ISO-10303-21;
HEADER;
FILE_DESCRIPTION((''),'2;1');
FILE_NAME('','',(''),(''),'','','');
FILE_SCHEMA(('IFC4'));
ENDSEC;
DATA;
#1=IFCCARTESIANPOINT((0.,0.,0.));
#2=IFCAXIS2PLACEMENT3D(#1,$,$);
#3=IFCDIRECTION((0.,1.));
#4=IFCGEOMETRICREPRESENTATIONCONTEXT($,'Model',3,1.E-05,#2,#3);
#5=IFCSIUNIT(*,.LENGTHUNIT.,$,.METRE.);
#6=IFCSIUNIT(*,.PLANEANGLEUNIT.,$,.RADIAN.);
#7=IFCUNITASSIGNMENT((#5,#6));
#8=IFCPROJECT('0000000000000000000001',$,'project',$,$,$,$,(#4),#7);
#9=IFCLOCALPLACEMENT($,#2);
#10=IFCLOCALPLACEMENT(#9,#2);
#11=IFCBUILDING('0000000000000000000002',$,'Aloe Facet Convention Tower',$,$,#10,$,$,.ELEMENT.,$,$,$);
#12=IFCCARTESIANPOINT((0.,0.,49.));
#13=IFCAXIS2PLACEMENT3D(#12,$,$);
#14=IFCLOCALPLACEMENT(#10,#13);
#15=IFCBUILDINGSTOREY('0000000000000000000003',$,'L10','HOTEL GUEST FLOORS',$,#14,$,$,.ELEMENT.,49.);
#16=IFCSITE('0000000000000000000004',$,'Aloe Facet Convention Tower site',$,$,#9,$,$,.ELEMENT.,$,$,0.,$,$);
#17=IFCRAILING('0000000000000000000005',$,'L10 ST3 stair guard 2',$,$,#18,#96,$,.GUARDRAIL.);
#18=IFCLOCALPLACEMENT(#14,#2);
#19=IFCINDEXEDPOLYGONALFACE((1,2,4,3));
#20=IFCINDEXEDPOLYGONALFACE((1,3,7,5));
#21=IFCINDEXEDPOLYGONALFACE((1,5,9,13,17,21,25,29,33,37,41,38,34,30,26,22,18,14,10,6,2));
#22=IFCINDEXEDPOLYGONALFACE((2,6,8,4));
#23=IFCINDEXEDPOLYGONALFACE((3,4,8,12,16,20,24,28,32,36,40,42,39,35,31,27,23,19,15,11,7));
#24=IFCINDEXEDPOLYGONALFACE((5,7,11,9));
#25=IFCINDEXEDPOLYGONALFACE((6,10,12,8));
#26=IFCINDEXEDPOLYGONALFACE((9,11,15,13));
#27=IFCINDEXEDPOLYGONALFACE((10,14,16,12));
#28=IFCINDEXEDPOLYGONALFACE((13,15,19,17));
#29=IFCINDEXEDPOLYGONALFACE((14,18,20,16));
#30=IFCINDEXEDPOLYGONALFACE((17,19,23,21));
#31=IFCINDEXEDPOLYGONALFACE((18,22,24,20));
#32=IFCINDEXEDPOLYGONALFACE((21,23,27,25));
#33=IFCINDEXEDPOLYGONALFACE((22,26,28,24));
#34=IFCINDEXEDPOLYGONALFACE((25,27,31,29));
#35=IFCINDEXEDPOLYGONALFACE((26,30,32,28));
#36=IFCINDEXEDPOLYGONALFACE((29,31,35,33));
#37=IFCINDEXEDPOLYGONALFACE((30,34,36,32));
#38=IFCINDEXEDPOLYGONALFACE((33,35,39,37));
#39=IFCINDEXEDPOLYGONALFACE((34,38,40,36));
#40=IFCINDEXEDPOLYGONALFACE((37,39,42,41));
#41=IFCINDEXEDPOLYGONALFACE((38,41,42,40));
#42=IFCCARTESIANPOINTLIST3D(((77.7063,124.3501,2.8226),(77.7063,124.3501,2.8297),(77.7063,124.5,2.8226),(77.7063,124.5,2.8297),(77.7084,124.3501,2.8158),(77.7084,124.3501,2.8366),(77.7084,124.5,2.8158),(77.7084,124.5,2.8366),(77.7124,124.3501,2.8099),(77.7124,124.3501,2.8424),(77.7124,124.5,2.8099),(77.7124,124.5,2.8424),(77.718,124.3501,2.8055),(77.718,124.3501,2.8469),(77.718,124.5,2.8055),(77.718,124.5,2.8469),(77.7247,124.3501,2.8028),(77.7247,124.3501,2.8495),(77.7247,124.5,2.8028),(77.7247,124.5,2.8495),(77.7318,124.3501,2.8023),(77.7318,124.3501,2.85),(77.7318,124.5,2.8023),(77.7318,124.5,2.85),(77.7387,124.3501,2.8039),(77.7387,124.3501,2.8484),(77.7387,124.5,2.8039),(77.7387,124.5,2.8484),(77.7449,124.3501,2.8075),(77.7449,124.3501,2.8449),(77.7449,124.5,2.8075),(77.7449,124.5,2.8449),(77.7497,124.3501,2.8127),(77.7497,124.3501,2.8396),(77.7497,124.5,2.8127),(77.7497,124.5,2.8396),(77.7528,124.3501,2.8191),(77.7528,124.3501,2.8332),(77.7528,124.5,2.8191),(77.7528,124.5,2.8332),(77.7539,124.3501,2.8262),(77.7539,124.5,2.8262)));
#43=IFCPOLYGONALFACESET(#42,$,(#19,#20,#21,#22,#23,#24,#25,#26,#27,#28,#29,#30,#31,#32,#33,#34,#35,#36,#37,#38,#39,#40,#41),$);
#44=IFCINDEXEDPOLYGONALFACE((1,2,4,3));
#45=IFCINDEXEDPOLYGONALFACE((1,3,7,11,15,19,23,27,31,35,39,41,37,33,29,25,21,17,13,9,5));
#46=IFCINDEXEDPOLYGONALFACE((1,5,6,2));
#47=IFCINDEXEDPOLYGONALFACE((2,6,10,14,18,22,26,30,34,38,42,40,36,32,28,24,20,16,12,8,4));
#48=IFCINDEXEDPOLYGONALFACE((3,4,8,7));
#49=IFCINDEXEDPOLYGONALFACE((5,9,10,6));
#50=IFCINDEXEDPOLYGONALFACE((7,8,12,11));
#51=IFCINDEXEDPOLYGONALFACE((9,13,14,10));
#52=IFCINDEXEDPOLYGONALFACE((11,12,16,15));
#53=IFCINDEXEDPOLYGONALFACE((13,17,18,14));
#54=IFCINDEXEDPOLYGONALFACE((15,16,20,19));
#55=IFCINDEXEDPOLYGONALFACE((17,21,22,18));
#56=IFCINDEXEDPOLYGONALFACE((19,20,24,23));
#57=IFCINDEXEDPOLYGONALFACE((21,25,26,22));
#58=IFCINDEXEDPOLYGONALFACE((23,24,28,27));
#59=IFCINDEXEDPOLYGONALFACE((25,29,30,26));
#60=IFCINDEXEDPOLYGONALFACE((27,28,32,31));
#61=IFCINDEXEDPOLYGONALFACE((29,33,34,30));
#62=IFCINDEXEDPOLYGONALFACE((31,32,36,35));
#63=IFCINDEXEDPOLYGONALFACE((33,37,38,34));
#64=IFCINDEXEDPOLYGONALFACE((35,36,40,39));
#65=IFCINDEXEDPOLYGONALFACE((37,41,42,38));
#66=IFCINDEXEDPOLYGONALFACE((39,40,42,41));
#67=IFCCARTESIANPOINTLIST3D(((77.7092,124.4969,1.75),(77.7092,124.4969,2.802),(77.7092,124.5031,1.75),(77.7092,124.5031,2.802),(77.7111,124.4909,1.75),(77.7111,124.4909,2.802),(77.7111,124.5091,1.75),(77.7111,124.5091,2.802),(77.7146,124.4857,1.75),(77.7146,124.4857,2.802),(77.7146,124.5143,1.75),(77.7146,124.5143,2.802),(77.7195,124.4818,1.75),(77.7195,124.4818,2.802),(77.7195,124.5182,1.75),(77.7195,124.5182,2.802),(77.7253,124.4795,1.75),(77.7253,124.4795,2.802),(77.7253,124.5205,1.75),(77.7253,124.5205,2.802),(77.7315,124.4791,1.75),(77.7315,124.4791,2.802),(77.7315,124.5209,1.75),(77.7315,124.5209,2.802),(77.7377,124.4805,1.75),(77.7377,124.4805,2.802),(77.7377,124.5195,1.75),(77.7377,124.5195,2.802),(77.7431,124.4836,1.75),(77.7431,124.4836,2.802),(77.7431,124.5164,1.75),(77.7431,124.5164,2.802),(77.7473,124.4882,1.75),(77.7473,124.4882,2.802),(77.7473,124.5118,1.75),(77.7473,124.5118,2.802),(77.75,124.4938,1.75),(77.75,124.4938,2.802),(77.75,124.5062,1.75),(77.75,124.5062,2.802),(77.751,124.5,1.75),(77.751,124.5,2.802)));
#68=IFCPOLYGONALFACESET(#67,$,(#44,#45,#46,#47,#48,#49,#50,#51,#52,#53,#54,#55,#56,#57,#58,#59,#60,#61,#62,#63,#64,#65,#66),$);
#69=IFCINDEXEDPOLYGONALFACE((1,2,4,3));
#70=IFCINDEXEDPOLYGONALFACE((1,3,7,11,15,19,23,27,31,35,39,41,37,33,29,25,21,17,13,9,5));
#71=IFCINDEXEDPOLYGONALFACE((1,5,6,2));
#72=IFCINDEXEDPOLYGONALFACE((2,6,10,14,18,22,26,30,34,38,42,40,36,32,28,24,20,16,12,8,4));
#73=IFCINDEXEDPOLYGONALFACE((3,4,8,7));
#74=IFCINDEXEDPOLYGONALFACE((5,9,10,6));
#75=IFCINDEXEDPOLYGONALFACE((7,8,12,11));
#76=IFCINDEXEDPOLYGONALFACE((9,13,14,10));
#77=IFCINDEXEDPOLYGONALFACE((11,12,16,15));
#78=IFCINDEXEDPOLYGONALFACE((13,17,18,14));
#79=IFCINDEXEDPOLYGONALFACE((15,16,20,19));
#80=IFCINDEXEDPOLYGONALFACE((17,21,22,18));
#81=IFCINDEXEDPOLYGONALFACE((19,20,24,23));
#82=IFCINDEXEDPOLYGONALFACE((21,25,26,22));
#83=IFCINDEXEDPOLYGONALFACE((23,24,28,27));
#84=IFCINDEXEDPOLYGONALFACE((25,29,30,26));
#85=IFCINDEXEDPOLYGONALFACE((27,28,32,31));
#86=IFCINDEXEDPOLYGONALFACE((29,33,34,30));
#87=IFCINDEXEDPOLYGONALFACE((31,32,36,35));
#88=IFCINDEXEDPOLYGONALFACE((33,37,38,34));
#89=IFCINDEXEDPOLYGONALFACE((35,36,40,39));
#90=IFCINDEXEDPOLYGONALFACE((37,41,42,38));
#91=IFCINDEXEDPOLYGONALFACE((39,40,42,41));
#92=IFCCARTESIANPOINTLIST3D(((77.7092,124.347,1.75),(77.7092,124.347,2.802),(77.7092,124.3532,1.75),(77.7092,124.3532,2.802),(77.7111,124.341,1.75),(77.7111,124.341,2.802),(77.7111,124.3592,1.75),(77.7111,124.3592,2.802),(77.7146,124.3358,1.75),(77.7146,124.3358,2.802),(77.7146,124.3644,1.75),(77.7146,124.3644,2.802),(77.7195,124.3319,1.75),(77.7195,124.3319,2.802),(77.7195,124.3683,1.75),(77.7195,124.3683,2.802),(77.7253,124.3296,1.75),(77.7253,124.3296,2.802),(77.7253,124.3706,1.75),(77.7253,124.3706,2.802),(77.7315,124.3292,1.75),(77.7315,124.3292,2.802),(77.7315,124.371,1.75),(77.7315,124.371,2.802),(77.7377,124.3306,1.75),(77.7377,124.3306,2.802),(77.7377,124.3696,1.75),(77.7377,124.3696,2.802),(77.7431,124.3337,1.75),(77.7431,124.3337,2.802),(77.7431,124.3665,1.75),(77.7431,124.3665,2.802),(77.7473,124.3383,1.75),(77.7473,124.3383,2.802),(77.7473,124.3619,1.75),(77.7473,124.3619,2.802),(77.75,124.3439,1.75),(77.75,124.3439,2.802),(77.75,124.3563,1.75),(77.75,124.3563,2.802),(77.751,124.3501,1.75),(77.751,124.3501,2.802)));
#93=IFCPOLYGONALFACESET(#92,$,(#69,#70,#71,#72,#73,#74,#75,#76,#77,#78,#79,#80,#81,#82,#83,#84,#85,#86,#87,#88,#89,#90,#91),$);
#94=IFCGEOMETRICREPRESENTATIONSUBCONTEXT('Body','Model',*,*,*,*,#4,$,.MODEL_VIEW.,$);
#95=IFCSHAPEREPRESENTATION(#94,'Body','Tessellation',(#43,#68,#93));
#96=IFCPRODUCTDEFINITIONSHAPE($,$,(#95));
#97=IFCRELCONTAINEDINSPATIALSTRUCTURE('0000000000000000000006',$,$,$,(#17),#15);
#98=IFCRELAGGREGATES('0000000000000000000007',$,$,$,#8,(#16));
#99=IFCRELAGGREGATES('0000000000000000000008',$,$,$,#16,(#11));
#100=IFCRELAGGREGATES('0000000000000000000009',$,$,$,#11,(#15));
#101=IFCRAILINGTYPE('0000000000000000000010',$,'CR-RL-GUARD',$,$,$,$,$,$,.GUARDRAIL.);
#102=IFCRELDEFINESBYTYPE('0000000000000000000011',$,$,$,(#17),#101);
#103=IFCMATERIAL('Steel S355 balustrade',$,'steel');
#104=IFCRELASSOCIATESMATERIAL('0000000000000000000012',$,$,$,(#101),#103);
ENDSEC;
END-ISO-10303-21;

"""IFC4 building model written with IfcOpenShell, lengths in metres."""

from ifc_helpers import new_model, si_unit, direction, frame, origin, origin_2d, place, context, subcontext, project, spatial, circle, extrude, material, type_object, element, save


model = new_model("IFC4")

# Units and contexts
model_context = context("Model", 3, precision=1e-05, world=origin(), true_north=direction((0.0, 1.0)))
body_context = subcontext(model_context, "Body", "Model", "MODEL_VIEW")
ifc_project = project(units=[si_unit("LENGTHUNIT", "METRE"), si_unit("PLANEANGLEUNIT", "RADIAN")], contexts=[model_context])

# Site, building, storey
site_placement = place(None, origin())
site = spatial("IfcSite", under=ifc_project, at=site_placement, Name="Aloe Facet Convention Tower site", CompositionType="ELEMENT", RefElevation=0.0)
building_placement = place(site_placement, origin())
building = spatial("IfcBuilding", under=site, at=building_placement, Name="Aloe Facet Convention Tower", CompositionType="ELEMENT")
storey_placement = place(building_placement, frame((0.0, 0.0, 49.0)))
storey = spatial("IfcBuildingStorey", under=building, at=storey_placement, Name="L10", Description="HOTEL GUEST FLOORS", CompositionType="ELEMENT", Elevation=49.0)

# Railing
ifc_material_1 = material(Name="Steel S355 balustrade", Category="steel")
railing_type_1 = type_object("IfcRailingType", Name="CR-RL-GUARD", PredefinedType="GUARDRAIL", material=ifc_material_1)
railing_1_placement = place(storey_placement, frame((77.73, 124.5, 1.75)))
element("IfcRailing", 1, at=railing_1_placement, inside=storey, type_object=railing_type_1, Name="L10 ST3 stair guard 2", PredefinedType="GUARDRAIL", context=body_context, shape_type="SweptSolid", body=[
    extrude(circle(Radius=0.0239, at=origin_2d()), frame((0.0, 0.0, 1.0762), z_axis=(0.0, -1.0, 0.0), x_axis=(1.0, 0.0, 0.0)), (0.0, 0.0, 1.0), 0.1499),
    extrude(circle(Radius=0.021, at=origin_2d()), origin(), (0.0, 0.0, 1.0), 1.052),
    extrude(circle(Radius=0.021, at=origin_2d()), frame((0.0, -0.1499, 0.0)), (0.0, 0.0, 1.0), 1.052),
])

save(model, "model.ifc")
